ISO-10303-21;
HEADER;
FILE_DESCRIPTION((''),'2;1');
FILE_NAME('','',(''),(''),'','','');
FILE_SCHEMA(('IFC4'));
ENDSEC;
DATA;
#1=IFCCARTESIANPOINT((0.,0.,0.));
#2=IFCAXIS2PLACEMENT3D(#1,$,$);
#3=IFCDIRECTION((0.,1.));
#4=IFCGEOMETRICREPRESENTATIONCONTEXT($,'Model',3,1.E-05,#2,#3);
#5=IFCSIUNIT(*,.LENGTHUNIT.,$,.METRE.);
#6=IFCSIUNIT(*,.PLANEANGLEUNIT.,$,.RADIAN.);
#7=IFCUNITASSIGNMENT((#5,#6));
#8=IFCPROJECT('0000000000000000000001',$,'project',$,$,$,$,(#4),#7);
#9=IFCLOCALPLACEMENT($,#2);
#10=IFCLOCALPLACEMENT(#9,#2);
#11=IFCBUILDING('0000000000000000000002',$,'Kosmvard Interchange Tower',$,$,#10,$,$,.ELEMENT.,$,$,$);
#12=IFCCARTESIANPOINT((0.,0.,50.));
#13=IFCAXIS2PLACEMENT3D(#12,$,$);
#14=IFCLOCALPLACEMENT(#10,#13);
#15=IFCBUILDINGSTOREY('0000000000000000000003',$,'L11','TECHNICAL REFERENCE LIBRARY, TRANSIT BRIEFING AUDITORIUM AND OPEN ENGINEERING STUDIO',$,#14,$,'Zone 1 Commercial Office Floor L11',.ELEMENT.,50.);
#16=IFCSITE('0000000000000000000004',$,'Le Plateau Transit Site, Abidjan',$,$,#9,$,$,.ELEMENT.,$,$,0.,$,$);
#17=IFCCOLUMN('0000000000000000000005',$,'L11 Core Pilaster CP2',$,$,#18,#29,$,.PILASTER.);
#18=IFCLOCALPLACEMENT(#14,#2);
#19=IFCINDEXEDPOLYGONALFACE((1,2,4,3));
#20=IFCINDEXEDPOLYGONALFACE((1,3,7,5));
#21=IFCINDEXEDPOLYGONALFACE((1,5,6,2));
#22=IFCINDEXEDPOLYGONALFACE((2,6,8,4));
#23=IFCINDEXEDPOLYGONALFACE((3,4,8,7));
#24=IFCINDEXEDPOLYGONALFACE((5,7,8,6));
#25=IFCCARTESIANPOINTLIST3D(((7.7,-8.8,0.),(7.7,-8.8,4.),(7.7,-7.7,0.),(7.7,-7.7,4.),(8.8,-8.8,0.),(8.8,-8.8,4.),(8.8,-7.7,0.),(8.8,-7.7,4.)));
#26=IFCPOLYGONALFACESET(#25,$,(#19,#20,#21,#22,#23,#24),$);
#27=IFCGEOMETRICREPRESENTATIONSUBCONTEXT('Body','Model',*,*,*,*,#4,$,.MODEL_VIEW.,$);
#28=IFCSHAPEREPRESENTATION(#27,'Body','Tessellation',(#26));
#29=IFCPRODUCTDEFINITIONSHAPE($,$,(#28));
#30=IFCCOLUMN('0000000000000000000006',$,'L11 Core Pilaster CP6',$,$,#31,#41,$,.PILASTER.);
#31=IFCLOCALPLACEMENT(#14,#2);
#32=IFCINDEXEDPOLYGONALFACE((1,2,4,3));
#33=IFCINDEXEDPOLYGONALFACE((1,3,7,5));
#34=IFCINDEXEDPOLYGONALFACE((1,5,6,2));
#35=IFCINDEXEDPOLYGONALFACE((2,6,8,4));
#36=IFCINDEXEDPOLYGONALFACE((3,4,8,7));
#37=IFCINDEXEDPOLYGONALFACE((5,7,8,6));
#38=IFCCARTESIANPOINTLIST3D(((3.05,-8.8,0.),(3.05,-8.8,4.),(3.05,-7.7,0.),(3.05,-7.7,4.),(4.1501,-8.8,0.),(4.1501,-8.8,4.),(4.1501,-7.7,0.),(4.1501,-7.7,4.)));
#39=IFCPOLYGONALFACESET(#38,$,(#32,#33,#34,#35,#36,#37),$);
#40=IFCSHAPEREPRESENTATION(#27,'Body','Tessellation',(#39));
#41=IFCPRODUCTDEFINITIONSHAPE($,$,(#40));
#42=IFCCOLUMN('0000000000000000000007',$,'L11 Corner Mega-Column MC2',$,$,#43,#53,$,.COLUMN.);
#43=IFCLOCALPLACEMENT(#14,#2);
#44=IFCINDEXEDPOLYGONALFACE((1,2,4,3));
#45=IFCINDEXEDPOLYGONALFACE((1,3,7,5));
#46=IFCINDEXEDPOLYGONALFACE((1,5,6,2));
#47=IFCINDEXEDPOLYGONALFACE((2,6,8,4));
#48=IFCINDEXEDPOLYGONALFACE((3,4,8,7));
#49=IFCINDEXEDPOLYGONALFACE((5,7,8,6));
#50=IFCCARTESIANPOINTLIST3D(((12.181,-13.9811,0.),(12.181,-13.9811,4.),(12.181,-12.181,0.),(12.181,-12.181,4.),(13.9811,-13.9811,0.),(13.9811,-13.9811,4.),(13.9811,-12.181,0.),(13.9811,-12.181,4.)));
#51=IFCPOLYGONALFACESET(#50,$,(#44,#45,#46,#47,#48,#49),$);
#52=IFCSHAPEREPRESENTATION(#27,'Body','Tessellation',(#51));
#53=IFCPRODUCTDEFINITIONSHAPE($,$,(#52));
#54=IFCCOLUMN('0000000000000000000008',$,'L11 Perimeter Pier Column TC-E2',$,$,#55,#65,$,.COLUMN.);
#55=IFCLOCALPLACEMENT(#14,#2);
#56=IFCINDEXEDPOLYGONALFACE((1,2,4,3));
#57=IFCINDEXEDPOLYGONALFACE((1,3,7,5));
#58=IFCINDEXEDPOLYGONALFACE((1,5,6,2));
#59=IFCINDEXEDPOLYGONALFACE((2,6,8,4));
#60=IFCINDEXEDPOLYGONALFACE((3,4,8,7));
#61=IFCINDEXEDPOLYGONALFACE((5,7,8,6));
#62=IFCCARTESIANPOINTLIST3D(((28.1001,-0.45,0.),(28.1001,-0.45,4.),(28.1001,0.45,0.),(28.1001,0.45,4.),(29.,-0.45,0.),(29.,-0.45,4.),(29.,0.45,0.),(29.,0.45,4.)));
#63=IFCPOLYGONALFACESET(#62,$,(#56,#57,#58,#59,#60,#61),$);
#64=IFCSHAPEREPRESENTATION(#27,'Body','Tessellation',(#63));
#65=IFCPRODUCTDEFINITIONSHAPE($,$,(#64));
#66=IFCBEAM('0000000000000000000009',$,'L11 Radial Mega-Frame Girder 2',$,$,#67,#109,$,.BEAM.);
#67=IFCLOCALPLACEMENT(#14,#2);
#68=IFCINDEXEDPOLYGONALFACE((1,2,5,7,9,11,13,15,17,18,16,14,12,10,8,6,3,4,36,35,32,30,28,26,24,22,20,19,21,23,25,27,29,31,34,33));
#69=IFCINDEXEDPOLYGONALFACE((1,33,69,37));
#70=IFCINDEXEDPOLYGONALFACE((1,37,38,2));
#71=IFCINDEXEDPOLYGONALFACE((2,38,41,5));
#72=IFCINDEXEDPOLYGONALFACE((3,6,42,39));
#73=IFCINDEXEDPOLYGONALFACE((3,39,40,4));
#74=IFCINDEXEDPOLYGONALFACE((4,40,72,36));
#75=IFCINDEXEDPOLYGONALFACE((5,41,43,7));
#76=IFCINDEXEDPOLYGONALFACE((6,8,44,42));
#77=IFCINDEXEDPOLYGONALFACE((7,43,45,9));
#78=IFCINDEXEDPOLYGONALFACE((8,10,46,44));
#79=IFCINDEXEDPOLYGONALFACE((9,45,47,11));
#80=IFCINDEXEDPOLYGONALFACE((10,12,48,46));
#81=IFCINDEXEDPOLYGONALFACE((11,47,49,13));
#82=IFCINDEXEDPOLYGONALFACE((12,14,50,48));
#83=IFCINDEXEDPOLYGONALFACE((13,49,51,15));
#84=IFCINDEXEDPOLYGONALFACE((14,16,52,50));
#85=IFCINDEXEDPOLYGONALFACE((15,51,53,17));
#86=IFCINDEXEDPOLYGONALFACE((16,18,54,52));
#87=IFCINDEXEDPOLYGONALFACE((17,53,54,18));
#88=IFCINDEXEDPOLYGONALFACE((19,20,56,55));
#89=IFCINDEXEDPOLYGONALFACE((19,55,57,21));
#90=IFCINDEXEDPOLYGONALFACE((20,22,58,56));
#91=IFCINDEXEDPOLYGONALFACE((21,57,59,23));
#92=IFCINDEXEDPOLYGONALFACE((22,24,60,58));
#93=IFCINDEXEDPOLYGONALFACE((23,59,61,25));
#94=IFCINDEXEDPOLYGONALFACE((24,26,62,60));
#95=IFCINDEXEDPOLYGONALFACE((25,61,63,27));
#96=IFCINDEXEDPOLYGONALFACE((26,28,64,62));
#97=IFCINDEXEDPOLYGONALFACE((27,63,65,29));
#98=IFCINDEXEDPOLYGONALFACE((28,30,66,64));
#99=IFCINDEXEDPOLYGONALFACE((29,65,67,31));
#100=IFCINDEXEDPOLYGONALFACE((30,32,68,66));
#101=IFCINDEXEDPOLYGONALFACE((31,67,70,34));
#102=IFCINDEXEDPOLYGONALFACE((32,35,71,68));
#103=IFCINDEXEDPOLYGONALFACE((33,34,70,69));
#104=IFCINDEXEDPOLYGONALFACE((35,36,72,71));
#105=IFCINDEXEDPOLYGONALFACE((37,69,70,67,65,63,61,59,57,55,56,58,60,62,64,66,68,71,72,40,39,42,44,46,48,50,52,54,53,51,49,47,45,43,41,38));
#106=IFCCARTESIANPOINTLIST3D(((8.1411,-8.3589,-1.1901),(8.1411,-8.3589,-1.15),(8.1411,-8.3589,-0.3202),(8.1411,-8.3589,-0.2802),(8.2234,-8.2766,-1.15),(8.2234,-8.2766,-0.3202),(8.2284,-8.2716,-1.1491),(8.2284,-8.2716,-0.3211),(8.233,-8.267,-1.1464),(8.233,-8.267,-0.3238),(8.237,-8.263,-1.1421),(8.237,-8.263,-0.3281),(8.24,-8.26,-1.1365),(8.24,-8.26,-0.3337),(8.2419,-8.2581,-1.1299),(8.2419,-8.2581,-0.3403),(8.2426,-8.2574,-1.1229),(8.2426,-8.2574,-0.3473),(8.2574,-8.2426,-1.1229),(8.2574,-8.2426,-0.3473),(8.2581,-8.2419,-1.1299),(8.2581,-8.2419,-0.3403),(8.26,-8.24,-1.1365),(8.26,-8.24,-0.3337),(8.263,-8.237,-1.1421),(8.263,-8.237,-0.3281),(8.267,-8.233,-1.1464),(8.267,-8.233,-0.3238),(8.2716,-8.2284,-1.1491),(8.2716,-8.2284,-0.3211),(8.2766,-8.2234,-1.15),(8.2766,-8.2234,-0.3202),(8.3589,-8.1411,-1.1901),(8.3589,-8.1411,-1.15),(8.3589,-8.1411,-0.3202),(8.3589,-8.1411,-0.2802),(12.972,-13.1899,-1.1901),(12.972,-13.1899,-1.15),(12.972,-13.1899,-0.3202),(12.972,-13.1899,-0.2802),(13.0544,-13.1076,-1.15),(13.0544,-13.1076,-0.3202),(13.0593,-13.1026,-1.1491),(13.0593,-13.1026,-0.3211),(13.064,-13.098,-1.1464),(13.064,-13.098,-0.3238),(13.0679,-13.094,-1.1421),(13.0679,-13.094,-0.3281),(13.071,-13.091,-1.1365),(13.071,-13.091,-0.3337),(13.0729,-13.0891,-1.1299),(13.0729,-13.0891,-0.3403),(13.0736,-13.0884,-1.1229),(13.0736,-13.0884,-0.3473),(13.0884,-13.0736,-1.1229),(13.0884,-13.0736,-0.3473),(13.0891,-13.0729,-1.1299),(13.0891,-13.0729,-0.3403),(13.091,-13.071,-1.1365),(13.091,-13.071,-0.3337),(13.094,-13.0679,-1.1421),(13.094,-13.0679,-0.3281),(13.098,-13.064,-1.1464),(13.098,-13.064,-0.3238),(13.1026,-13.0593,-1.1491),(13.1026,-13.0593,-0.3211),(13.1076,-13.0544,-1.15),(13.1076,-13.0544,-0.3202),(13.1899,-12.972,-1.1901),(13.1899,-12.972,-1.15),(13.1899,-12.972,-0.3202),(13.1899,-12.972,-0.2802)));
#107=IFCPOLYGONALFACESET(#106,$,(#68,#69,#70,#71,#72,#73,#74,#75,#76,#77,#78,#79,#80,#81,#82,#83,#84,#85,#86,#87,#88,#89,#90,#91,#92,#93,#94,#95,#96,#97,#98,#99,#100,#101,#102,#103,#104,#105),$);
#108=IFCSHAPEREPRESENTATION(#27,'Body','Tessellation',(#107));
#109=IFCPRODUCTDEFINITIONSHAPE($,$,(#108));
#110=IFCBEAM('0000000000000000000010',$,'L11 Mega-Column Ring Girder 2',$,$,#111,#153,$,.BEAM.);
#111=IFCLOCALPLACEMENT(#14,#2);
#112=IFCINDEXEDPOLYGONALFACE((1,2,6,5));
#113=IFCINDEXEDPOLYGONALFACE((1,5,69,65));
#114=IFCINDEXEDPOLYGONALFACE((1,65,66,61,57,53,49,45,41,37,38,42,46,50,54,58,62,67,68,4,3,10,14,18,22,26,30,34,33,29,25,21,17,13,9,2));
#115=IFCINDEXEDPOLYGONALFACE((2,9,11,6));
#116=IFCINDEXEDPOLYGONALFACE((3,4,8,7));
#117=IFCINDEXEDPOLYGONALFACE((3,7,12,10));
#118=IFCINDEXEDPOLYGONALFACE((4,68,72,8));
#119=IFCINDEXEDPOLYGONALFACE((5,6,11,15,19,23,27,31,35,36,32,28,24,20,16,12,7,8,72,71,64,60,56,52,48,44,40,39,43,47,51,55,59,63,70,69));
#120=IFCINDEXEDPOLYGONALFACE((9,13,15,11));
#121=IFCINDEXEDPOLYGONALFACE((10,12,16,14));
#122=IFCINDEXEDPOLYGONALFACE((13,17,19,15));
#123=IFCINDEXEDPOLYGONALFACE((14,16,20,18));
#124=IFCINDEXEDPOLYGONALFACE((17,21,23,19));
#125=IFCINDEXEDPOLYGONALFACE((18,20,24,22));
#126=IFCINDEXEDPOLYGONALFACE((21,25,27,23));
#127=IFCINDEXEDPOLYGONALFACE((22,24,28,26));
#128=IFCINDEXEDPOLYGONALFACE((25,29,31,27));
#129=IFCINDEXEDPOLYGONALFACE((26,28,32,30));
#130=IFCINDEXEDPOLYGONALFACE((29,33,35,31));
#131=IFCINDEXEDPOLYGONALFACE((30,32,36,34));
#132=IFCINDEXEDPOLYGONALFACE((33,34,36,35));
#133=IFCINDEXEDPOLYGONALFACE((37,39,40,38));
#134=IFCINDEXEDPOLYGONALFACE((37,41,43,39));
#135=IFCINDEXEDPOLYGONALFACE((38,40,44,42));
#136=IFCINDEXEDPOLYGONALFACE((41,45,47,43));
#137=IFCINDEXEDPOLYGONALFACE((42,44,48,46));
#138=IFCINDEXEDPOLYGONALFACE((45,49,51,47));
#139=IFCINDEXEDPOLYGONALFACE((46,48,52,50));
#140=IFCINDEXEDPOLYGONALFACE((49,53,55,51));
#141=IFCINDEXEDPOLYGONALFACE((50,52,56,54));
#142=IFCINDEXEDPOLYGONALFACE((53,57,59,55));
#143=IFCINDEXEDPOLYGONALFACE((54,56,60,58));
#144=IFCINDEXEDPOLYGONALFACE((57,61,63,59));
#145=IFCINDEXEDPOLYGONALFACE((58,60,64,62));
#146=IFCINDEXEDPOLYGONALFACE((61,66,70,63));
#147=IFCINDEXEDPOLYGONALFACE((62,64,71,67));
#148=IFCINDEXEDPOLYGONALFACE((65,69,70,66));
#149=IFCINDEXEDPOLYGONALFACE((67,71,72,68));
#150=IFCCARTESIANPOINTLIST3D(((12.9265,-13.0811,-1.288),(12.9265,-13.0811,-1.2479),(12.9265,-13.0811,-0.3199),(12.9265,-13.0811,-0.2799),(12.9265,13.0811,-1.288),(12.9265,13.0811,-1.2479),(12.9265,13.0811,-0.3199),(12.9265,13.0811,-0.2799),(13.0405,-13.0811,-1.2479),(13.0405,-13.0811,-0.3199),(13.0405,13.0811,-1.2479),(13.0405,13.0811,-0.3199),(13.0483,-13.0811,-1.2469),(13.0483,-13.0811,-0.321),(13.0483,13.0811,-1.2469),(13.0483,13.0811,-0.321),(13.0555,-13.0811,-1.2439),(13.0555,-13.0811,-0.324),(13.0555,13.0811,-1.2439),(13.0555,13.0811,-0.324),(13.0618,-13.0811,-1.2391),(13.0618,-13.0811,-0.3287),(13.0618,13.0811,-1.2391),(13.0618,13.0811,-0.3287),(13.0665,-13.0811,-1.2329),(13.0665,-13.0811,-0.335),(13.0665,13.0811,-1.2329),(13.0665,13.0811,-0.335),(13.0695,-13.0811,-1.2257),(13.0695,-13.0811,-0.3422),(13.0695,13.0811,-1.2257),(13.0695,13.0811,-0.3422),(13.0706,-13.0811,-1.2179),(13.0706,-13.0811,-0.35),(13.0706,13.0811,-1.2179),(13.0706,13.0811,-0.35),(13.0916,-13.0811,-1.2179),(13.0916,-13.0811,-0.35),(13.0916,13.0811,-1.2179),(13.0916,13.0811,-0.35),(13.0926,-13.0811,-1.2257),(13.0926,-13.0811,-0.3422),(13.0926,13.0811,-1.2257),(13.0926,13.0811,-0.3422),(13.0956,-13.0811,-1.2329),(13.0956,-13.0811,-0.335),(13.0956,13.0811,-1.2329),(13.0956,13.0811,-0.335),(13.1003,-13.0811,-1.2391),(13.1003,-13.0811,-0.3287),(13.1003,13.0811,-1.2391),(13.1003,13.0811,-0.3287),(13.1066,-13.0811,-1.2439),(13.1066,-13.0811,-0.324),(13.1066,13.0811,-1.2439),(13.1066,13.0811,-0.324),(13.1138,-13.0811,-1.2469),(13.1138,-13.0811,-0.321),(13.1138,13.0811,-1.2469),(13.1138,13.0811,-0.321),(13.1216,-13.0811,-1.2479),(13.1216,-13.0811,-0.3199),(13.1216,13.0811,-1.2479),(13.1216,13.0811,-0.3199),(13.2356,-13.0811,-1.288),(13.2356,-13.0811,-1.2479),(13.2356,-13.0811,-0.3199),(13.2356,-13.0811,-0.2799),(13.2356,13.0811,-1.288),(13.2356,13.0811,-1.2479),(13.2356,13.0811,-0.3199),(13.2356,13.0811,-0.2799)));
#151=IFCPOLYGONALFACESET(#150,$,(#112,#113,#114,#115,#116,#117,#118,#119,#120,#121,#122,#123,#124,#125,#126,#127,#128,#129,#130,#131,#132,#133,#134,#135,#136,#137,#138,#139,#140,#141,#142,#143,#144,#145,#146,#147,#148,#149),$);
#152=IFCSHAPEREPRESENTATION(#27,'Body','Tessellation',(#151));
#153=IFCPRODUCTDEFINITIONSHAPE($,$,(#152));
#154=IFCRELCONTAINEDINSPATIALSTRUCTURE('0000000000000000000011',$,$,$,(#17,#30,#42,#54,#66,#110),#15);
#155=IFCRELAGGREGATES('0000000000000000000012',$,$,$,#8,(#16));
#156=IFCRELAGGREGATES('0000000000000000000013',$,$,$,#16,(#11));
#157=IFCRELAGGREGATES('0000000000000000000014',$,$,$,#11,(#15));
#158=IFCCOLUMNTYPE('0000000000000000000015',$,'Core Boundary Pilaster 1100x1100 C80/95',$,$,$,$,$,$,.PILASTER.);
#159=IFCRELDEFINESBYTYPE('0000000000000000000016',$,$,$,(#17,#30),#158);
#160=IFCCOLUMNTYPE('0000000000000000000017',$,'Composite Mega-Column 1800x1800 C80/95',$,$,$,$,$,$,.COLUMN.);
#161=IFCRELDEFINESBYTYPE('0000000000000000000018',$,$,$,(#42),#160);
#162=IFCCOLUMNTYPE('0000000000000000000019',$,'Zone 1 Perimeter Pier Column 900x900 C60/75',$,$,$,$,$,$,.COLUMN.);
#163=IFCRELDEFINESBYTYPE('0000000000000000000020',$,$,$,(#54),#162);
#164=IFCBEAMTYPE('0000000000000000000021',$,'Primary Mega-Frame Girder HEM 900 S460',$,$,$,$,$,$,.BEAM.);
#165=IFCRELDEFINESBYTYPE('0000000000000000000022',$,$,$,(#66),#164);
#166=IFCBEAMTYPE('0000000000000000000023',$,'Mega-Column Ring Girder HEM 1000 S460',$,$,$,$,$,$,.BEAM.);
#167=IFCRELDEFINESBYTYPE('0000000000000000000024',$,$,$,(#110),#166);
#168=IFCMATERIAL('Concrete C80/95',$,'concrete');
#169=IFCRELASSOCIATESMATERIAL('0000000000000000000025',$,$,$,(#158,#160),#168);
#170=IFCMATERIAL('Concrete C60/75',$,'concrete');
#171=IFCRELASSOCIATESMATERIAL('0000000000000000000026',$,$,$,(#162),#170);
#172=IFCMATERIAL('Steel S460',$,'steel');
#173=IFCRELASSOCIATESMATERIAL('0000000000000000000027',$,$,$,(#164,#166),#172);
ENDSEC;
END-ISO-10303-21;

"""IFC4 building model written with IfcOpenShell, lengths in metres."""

from ifc_helpers import new_model, si_unit, direction, frame, origin, origin_2d, place, context, subcontext, project, spatial, rectangle, i_section, extrude, source, transform, mapped, material, material_profile, profile_set, type_object, element, save


model = new_model("IFC4")

# Units and contexts
model_context = context("Model", 3, precision=1e-05, world=origin(), true_north=direction((0.0, 1.0)))
body_context = subcontext(model_context, "Body", "Model", "MODEL_VIEW")
ifc_project = project(units=[si_unit("LENGTHUNIT", "METRE"), si_unit("PLANEANGLEUNIT", "RADIAN")], contexts=[model_context])

# Site, building, storey
site_placement = place(None, origin())
site = spatial("IfcSite", under=ifc_project, at=site_placement, Name="Le Plateau Transit Site, Abidjan", CompositionType="ELEMENT", RefElevation=0.0)
building_placement = place(site_placement, origin())
building = spatial("IfcBuilding", under=site, at=building_placement, Name="Kosmvard Interchange Tower", CompositionType="ELEMENT")
storey_placement = place(building_placement, frame((0.0, 0.0, 50.0)))
storey = spatial("IfcBuildingStorey", under=building, at=storey_placement, Name="L11", Description="TECHNICAL REFERENCE LIBRARY, TRANSIT BRIEFING AUDITORIUM AND OPEN ENGINEERING STUDIO", LongName="Zone 1 Commercial Office Floor L11", CompositionType="ELEMENT", Elevation=50.0)

# Columns
ifc_material_1 = material(Name="Concrete C80/95", Category="concrete")
ifc_material_profile_1 = material_profile(ifc_material_1, rectangle(XDim=1.1001, YDim=1.1001, at=origin_2d()), Name="CP 1100x1100")
ifc_profile_set_1 = profile_set([ifc_material_profile_1], Name="Concrete C80/95")
column_type_1 = type_object("IfcColumnType", Name="Core Boundary Pilaster 1100x1100 C80/95", PredefinedType="PILASTER", material=ifc_profile_set_1)
shared_shape_1 = source(origin(), body_context, "Body", "SweptSolid", [
    extrude(rectangle(XDim=1.1001, YDim=1.1001, at=origin_2d()), origin(), (0.0, 0.0, 1.0), 4.0),
])
for number, where, z_axis, x_axis, name in (
    (1, (8.25, -8.25, 0.0), (0.0, 0.0, 1.0), (1.0, 0.0, 0.0), "L11 Core Pilaster CP2"),
    (2, (3.6001, -8.25, 0.0), (0.0, 0.0, 1.0), (1.0, 0.0, 0.0), "L11 Core Pilaster CP6"),
):
    element("IfcColumn", number, at=place(storey_placement, frame(where, z_axis=z_axis, x_axis=x_axis)), inside=storey, type_object=column_type_1, Name=name, PredefinedType="PILASTER", context=body_context, shape_type="MappedRepresentation", body=[
        mapped(shared_shape_1, transform((0.0, 0.0, 0.0), scale=1.0)),
    ])
ifc_material_profile_2 = material_profile(ifc_material_1, rectangle(XDim=1.8, YDim=1.8, at=origin_2d()), Name="MC 1800x1800")
ifc_profile_set_2 = profile_set([ifc_material_profile_2], Name="Concrete C80/95")
column_type_2 = type_object("IfcColumnType", Name="Composite Mega-Column 1800x1800 C80/95", PredefinedType="COLUMN", material=ifc_profile_set_2)
shared_shape_2 = source(origin(), body_context, "Body", "SweptSolid", [
    extrude(rectangle(XDim=1.8, YDim=1.8, at=origin_2d()), origin(), (0.0, 0.0, 1.0), 4.0),
])
column_1_placement = place(storey_placement, frame((13.0811, -13.0811, 0.0), z_axis=(0.0, 0.0, 1.0), x_axis=(1.0, 0.0, 0.0)))
element("IfcColumn", 3, at=column_1_placement, inside=storey, type_object=column_type_2, Name="L11 Corner Mega-Column MC2", PredefinedType="COLUMN", context=body_context, shape_type="MappedRepresentation", body=[
    mapped(shared_shape_2, transform((0.0, 0.0, 0.0), scale=1.0)),
])
ifc_material_2 = material(Name="Concrete C60/75", Category="concrete")
ifc_material_profile_3 = material_profile(ifc_material_2, rectangle(XDim=0.8999, YDim=0.8999, at=origin_2d()), Name="TC 900x900")
ifc_profile_set_3 = profile_set([ifc_material_profile_3], Name="Concrete C60/75")
column_type_3 = type_object("IfcColumnType", Name="Zone 1 Perimeter Pier Column 900x900 C60/75", PredefinedType="COLUMN", material=ifc_profile_set_3)
shared_shape_3 = source(origin(), body_context, "Body", "SweptSolid", [
    extrude(rectangle(XDim=0.8999, YDim=0.8999, at=origin_2d()), origin(), (0.0, 0.0, 1.0), 4.0),
])
column_2_placement = place(storey_placement, frame((28.55, 0.0, 0.0), z_axis=(0.0, 0.0, 1.0), x_axis=(1.0, 0.0, 0.0)))
element("IfcColumn", 4, at=column_2_placement, inside=storey, type_object=column_type_3, Name="L11 Perimeter Pier Column TC-E2", PredefinedType="COLUMN", context=body_context, shape_type="MappedRepresentation", body=[
    mapped(shared_shape_3, transform((0.0, 0.0, 0.0), scale=1.0)),
])

# Beams
ifc_material_3 = material(Name="Steel S460", Category="steel")
ifc_material_profile_4 = material_profile(ifc_material_3, i_section(OverallWidth=0.3081, OverallDepth=0.9099, WebThickness=0.021, FlangeThickness=0.04, FilletRadius=0.0271, at=origin_2d()), Name="HEM 900")
ifc_profile_set_4 = profile_set([ifc_material_profile_4], Name="Steel S460")
beam_type_1 = type_object("IfcBeamType", Name="Primary Mega-Frame Girder HEM 900 S460", PredefinedType="BEAM", material=ifc_profile_set_4)
shared_shape_4 = source(origin(), body_context, "Body", "SweptSolid", [
    extrude(i_section(OverallWidth=0.3081, OverallDepth=0.9099, WebThickness=0.021, FlangeThickness=0.04, FilletRadius=0.0271, at=origin_2d()), origin(), (0.0, 0.0, 1.0), 6.832),
])
beam_1_placement = place(storey_placement, frame((8.25, -8.25, -0.7351), z_axis=(0.707107, -0.707107, 0.0), x_axis=(0.707107, 0.707107, 0.0)))
element("IfcBeam", 5, at=beam_1_placement, inside=storey, type_object=beam_type_1, Name="L11 Radial Mega-Frame Girder 2", PredefinedType="BEAM", context=body_context, shape_type="MappedRepresentation", body=[
    mapped(shared_shape_4, transform((0.0, 0.0, 0.0), scale=1.0)),
])
ifc_material_profile_5 = material_profile(ifc_material_3, i_section(OverallWidth=0.3091, OverallDepth=1.0081, WebThickness=0.021, FlangeThickness=0.04, FilletRadius=0.03, at=origin_2d()), Name="HEM 1000")
ifc_profile_set_5 = profile_set([ifc_material_profile_5], Name="Steel S460")
beam_type_2 = type_object("IfcBeamType", Name="Mega-Column Ring Girder HEM 1000 S460", PredefinedType="BEAM", material=ifc_profile_set_5)
shared_shape_5 = source(origin(), body_context, "Body", "SweptSolid", [
    extrude(i_section(OverallWidth=0.3091, OverallDepth=1.0081, WebThickness=0.021, FlangeThickness=0.04, FilletRadius=0.03, at=origin_2d()), origin(), (0.0, 0.0, 1.0), 26.1621),
])
beam_2_placement = place(storey_placement, frame((13.0811, -13.0811, -0.7839), z_axis=(0.0, 1.0, 0.0), x_axis=(-1.0, 0.0, 0.0)))
element("IfcBeam", 6, at=beam_2_placement, inside=storey, type_object=beam_type_2, Name="L11 Mega-Column Ring Girder 2", PredefinedType="BEAM", context=body_context, shape_type="MappedRepresentation", body=[
    mapped(shared_shape_5, transform((0.0, 0.0, 0.0), scale=1.0)),
])

save(model, "model.ifc")
